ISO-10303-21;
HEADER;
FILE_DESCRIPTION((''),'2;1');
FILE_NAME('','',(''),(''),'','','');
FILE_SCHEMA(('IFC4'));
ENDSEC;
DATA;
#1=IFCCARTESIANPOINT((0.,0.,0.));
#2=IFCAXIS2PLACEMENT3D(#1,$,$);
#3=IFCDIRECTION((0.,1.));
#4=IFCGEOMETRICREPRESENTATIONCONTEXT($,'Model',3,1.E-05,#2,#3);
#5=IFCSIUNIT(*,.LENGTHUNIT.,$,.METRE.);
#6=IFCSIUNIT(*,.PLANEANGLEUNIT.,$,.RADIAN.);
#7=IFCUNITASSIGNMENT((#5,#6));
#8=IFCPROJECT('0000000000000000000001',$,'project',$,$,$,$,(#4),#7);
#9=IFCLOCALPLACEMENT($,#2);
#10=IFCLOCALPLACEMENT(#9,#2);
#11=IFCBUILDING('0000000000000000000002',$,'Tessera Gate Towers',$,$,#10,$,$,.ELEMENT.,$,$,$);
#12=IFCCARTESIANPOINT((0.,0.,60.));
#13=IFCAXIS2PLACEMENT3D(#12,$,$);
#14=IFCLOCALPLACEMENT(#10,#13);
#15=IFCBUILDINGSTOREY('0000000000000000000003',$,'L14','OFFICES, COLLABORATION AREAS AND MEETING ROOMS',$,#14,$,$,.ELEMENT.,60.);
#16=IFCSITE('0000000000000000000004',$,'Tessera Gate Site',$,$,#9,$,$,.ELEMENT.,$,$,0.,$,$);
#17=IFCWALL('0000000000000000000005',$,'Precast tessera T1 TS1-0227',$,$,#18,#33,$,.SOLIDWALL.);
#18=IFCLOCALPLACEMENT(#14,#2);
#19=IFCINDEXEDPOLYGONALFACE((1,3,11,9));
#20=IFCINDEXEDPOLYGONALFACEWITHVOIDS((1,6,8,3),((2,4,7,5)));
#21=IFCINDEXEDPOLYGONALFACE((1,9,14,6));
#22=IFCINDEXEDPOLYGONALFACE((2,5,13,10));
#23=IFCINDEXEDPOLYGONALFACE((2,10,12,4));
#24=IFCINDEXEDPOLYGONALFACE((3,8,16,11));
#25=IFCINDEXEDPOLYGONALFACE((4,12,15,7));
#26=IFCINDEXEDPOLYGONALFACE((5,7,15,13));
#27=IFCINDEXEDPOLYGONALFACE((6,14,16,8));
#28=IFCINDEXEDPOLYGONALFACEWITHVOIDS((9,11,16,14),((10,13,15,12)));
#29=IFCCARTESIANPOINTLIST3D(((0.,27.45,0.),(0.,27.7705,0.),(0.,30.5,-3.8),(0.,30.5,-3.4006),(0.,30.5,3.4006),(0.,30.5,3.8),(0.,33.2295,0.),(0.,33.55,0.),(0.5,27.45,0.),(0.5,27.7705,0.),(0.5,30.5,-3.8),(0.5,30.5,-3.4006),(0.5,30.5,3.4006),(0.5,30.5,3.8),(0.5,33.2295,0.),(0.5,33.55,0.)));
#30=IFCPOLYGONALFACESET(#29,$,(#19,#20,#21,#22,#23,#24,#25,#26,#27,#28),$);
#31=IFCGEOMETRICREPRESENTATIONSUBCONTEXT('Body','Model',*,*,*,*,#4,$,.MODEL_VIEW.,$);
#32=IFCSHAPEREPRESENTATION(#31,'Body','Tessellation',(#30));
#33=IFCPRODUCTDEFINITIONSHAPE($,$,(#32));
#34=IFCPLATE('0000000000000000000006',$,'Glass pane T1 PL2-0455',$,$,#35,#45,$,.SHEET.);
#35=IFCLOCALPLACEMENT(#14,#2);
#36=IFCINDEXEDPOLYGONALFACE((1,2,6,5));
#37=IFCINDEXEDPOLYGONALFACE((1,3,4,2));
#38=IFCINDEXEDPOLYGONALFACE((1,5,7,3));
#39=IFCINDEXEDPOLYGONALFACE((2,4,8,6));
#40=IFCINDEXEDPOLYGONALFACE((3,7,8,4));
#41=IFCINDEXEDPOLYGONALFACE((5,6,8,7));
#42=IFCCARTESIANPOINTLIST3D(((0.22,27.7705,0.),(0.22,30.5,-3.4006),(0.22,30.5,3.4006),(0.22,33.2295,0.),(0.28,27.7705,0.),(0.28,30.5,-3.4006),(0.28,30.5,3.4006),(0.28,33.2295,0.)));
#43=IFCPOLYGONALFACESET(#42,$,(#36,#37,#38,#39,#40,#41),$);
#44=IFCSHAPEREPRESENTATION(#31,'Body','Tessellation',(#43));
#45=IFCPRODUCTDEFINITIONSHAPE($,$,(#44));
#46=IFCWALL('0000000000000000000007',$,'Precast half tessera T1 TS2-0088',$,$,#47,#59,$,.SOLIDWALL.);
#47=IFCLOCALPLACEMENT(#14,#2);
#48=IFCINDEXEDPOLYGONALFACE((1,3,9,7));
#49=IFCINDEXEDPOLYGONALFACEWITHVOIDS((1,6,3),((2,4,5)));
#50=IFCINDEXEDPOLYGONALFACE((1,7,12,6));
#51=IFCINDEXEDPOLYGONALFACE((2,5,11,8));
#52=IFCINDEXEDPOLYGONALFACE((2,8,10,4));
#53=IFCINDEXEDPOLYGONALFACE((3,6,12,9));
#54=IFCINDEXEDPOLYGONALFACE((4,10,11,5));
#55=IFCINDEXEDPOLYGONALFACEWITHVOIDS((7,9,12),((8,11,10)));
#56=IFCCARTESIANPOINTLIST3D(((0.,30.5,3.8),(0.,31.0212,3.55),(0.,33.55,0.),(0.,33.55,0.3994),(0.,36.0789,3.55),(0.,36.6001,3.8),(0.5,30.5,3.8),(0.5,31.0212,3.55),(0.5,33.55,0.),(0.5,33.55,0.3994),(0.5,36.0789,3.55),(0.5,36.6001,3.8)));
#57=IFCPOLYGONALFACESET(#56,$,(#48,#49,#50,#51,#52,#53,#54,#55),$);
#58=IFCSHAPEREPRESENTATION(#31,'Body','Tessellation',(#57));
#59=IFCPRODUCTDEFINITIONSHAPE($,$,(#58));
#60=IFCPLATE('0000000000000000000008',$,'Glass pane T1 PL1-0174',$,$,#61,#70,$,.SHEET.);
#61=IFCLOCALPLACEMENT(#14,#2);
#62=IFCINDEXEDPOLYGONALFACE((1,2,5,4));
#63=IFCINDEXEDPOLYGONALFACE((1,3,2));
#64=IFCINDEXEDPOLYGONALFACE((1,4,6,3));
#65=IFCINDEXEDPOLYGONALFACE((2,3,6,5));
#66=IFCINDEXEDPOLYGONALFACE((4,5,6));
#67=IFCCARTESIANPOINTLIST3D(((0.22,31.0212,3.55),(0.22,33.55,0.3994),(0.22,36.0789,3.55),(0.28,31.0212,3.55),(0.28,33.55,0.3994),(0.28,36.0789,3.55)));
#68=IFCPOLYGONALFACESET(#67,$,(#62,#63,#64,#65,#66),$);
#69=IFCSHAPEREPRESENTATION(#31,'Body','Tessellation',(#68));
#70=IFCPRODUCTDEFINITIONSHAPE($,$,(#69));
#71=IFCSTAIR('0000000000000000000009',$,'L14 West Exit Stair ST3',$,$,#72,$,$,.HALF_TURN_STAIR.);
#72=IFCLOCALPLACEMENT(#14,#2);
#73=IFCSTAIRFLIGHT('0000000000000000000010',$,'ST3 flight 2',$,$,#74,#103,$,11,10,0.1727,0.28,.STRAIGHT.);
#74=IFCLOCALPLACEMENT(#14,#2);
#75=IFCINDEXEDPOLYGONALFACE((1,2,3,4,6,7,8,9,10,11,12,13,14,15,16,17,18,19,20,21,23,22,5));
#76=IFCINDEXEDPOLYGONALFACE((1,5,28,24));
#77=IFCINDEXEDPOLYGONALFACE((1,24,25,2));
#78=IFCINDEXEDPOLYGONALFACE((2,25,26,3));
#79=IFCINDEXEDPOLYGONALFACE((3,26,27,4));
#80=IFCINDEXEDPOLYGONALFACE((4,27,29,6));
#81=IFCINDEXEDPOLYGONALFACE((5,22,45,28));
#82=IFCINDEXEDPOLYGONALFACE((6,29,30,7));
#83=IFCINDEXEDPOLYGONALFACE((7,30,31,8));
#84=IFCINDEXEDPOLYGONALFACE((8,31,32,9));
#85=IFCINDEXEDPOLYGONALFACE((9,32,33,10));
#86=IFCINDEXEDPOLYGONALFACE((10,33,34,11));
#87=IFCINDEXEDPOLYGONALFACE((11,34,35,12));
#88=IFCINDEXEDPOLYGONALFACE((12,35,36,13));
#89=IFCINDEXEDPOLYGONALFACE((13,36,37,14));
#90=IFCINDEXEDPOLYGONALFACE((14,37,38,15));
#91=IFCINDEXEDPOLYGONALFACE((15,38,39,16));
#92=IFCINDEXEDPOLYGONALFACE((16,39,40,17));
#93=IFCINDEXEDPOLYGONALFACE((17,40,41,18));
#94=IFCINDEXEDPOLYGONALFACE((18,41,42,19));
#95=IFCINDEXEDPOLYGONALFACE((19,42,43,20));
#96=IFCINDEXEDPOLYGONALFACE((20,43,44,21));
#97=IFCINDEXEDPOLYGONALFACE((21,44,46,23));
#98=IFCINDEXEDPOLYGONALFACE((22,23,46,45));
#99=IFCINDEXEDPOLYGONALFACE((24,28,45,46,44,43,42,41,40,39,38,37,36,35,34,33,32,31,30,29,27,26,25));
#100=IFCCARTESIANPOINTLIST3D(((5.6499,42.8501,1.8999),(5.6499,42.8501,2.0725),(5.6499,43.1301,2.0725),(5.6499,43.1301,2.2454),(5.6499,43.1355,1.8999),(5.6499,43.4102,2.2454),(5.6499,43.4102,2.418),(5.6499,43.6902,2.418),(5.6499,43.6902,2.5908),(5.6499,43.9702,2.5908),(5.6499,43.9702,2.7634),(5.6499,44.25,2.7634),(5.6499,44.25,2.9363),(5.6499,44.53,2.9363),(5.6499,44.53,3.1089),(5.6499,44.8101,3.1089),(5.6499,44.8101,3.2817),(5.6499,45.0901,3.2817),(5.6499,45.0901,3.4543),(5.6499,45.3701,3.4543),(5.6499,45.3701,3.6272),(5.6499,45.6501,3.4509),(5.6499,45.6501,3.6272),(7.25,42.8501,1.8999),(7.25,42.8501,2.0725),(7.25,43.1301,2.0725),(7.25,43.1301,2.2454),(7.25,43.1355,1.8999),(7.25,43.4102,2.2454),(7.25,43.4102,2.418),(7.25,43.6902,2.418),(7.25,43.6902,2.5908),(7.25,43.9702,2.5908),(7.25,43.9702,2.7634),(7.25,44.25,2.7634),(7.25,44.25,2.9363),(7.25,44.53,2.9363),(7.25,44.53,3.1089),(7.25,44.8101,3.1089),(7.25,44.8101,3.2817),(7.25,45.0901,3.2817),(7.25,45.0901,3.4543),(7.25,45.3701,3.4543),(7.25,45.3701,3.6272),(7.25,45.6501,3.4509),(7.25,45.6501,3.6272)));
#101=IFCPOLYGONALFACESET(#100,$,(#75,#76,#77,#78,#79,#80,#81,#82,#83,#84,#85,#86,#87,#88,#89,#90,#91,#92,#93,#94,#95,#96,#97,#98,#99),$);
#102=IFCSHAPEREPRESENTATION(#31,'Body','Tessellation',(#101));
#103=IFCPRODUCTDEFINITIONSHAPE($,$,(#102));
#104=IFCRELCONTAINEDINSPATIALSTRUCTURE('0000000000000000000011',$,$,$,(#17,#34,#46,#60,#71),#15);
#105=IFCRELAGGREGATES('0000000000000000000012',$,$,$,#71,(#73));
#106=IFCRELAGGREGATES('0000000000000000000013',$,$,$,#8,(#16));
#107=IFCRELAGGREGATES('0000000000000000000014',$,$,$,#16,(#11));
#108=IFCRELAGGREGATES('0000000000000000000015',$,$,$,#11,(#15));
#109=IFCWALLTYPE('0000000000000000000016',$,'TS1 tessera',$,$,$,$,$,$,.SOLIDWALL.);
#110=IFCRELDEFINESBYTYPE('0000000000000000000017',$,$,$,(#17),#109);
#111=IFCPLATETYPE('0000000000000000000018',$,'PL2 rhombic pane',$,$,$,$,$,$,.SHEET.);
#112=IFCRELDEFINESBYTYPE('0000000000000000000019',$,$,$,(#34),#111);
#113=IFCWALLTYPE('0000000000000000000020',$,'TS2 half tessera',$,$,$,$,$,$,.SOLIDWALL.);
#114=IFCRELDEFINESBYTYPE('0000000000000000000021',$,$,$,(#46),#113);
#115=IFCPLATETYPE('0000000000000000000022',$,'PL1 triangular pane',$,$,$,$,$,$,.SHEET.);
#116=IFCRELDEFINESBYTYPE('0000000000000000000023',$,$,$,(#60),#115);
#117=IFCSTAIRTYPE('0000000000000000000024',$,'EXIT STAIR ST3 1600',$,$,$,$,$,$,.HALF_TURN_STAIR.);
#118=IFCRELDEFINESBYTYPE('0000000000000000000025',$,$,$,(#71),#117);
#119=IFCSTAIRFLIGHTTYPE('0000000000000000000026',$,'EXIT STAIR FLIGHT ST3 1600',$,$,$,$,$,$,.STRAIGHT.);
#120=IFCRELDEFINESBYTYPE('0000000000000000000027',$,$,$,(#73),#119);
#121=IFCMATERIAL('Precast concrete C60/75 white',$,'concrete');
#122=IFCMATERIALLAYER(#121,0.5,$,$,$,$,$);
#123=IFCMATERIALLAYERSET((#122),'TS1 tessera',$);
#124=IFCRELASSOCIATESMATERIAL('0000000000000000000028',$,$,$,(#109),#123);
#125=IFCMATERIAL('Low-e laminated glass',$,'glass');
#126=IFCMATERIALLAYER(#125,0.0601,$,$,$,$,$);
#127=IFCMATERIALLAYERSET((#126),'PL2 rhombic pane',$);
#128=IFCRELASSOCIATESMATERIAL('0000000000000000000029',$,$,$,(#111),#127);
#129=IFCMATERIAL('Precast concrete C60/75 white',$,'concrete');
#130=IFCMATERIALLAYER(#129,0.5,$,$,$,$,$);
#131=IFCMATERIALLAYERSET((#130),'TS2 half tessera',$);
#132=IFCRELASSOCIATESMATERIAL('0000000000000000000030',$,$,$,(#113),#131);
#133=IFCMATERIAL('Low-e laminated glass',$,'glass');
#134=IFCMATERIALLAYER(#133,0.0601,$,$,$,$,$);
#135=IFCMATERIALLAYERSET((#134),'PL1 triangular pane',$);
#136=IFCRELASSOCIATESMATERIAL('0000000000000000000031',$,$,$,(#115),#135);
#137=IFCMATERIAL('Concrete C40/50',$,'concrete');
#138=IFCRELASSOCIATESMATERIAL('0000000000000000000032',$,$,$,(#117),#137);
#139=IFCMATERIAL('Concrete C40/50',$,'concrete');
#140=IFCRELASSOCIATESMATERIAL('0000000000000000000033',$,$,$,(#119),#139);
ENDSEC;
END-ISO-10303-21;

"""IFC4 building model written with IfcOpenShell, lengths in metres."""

from ifc_helpers import new_model, si_unit, direction, frame, origin, place, context, subcontext, project, spatial, polyline, outline, extrude, source, transform, mapped, material, layer, layer_set, type_object, element, fill, aggregate, save


model = new_model("IFC4")

# Units and contexts
model_context = context("Model", 3, precision=1e-05, world=origin(), true_north=direction((0.0, 1.0)))
body_context = subcontext(model_context, "Body", "Model", "MODEL_VIEW")
ifc_project = project(units=[si_unit("LENGTHUNIT", "METRE"), si_unit("PLANEANGLEUNIT", "RADIAN")], contexts=[model_context])

# Site, building, storey
site_placement = place(None, origin())
site = spatial("IfcSite", under=ifc_project, at=site_placement, Name="Tessera Gate Site", CompositionType="ELEMENT", RefElevation=0.0)
building_placement = place(site_placement, origin())
building = spatial("IfcBuilding", under=site, at=building_placement, Name="Tessera Gate Towers", CompositionType="ELEMENT")
storey_placement = place(building_placement, frame((0.0, 0.0, 60.0)))
storey = spatial("IfcBuildingStorey", under=building, at=storey_placement, Name="L14", Description="OFFICES, COLLABORATION AREAS AND MEETING ROOMS", CompositionType="ELEMENT", Elevation=60.0)

# Walls, openings, plates
ifc_material_1 = material(Name="Precast concrete C60/75 white", Category="concrete")
ifc_layer_1 = layer(ifc_material_1, 0.5)
ifc_layer_set_1 = layer_set([ifc_layer_1], Name="TS1 tessera")
wall_type_1 = type_object("IfcWallType", Name="TS1 tessera", PredefinedType="SOLIDWALL", material=ifc_layer_set_1)
shared_shape_1 = source(origin(), body_context, "Body", "SweptSolid", [
    extrude(outline(polyline([(3.05, 0.0), (6.1001, 3.8), (3.05, 7.6001), (0.0, 3.8), (3.05, 0.0)])), frame((0.0, 0.25, 0.0), z_axis=(0.0, -1.0, 0.0), x_axis=(1.0, 0.0, 0.0)), (0.0, 0.0, 1.0), 0.5),
])
wall_1_placement = place(storey_placement, frame((0.25, 33.55, -3.8), z_axis=(0.0, 0.0, 1.0), x_axis=(0.0, -1.0, 0.0)))
wall_1 = element("IfcWall", 1, at=wall_1_placement, inside=storey, type_object=wall_type_1, Name="Precast tessera T1 TS1-0227", PredefinedType="SOLIDWALL", context=body_context, shape_type="MappedRepresentation", body=[
    mapped(shared_shape_1, transform((0.0, 0.0, 0.0), scale=1.0)),
])
shared_shape_2 = source(origin(), body_context, "Body", "SweptSolid", [
    extrude(outline(polyline([(3.05, 0.3994), (5.7795, 3.8), (3.05, 7.2007), (0.3206, 3.8), (3.05, 0.3994)])), frame((0.0, 0.26, 0.0), z_axis=(0.0, -1.0, 0.0), x_axis=(1.0, 0.0, 0.0)), (0.0, 0.0, 1.0), 0.52),
])
opening_1_placement = place(wall_1_placement, origin())
opening_1 = element("IfcOpeningElement", 2, at=opening_1_placement, cuts=wall_1, PredefinedType="OPENING", context=body_context, shape_type="MappedRepresentation", body=[
    mapped(shared_shape_2, transform((0.0, 0.0, 0.0), scale=1.0)),
])
ifc_material_2 = material(Name="Low-e laminated glass", Category="glass")
ifc_layer_2 = layer(ifc_material_2, 0.0601)
ifc_layer_set_2 = layer_set([ifc_layer_2], Name="PL2 rhombic pane")
plate_type_1 = type_object("IfcPlateType", Name="PL2 rhombic pane", PredefinedType="SHEET", material=ifc_layer_set_2)
shared_shape_3 = source(origin(), body_context, "Body", "SweptSolid", [
    extrude(outline(polyline([(3.05, 0.3994), (5.7795, 3.8), (3.05, 7.2007), (0.3206, 3.8), (3.05, 0.3994)])), frame((0.0, 0.03, 0.0), z_axis=(0.0, -1.0, 0.0), x_axis=(1.0, 0.0, 0.0)), (0.0, 0.0, 1.0), 0.0601),
])
plate_1_placement = place(opening_1_placement, origin())
plate_1 = element("IfcPlate", 3, at=plate_1_placement, inside=storey, type_object=plate_type_1, Name="Glass pane T1 PL2-0455", PredefinedType="SHEET", context=body_context, shape_type="MappedRepresentation", body=[
    mapped(shared_shape_3, transform((0.0, 0.0, 0.0), scale=1.0)),
])
fill(opening_1, plate_1)
ifc_material_3 = material(Name="Precast concrete C60/75 white", Category="concrete")
ifc_layer_3 = layer(ifc_material_3, 0.5)
ifc_layer_set_3 = layer_set([ifc_layer_3], Name="TS2 half tessera")
wall_type_2 = type_object("IfcWallType", Name="TS2 half tessera", PredefinedType="SOLIDWALL", material=ifc_layer_set_3)
shared_shape_4 = source(origin(), body_context, "Body", "SweptSolid", [
    extrude(outline(polyline([(3.05, 0.0), (6.1001, 3.8), (0.0, 3.8), (3.05, 0.0)])), frame((0.0, 0.25, 0.0), z_axis=(0.0, -1.0, 0.0), x_axis=(1.0, 0.0, 0.0)), (0.0, 0.0, 1.0), 0.5),
])
wall_2_placement = place(storey_placement, frame((0.25, 36.6001, 0.0), z_axis=(0.0, 0.0, 1.0), x_axis=(0.0, -1.0, 0.0)))
wall_2 = element("IfcWall", 4, at=wall_2_placement, inside=storey, type_object=wall_type_2, Name="Precast half tessera T1 TS2-0088", PredefinedType="SOLIDWALL", context=body_context, shape_type="MappedRepresentation", body=[
    mapped(shared_shape_4, transform((0.0, 0.0, 0.0), scale=1.0)),
])
shared_shape_5 = source(origin(), body_context, "Body", "SweptSolid", [
    extrude(outline(polyline([(3.05, 0.3994), (5.5789, 3.55), (0.5212, 3.55), (3.05, 0.3994)])), frame((0.0, 0.26, 0.0), z_axis=(0.0, -1.0, 0.0), x_axis=(1.0, 0.0, 0.0)), (0.0, 0.0, 1.0), 0.52),
])
opening_2_placement = place(wall_2_placement, origin())
opening_2 = element("IfcOpeningElement", 5, at=opening_2_placement, cuts=wall_2, PredefinedType="OPENING", context=body_context, shape_type="MappedRepresentation", body=[
    mapped(shared_shape_5, transform((0.0, 0.0, 0.0), scale=1.0)),
])
ifc_material_4 = material(Name="Low-e laminated glass", Category="glass")
ifc_layer_4 = layer(ifc_material_4, 0.0601)
ifc_layer_set_4 = layer_set([ifc_layer_4], Name="PL1 triangular pane")
plate_type_2 = type_object("IfcPlateType", Name="PL1 triangular pane", PredefinedType="SHEET", material=ifc_layer_set_4)
shared_shape_6 = source(origin(), body_context, "Body", "SweptSolid", [
    extrude(outline(polyline([(3.05, 0.3994), (5.5789, 3.55), (0.5212, 3.55), (3.05, 0.3994)])), frame((0.0, 0.03, 0.0), z_axis=(0.0, -1.0, 0.0), x_axis=(1.0, 0.0, 0.0)), (0.0, 0.0, 1.0), 0.0601),
])
plate_2_placement = place(opening_2_placement, origin())
plate_2 = element("IfcPlate", 6, at=plate_2_placement, inside=storey, type_object=plate_type_2, Name="Glass pane T1 PL1-0174", PredefinedType="SHEET", context=body_context, shape_type="MappedRepresentation", body=[
    mapped(shared_shape_6, transform((0.0, 0.0, 0.0), scale=1.0)),
])
fill(opening_2, plate_2)

# Stair, stair flight
ifc_material_5 = material(Name="Concrete C40/50", Category="concrete")
stair_type = type_object("IfcStairType", Name="EXIT STAIR ST3 1600", PredefinedType="HALF_TURN_STAIR", material=ifc_material_5)
stair_placement = place(storey_placement, origin())
stair = element("IfcStair", 7, at=stair_placement, inside=storey, type_object=stair_type, Name="L14 West Exit Stair ST3", PredefinedType="HALF_TURN_STAIR")
ifc_material_6 = material(Name="Concrete C40/50", Category="concrete")
stair_flight_type = type_object("IfcStairFlightType", Name="EXIT STAIR FLIGHT ST3 1600", PredefinedType="STRAIGHT", material=ifc_material_6)
stair_flight_placement = place(storey_placement, frame((6.45, 42.8501, 1.8999), z_axis=(0.0, 0.0, 1.0), x_axis=(0.0, 1.0, 0.0)))
stair_flight = element("IfcStairFlight", 8, at=stair_flight_placement, type_object=stair_flight_type, Name="ST3 flight 2", NumberOfRisers=11, NumberOfTreads=10, PredefinedType="STRAIGHT", RiserHeight=0.1727, TreadLength=0.28, context=body_context, shape_type="SweptSolid", body=[
    extrude(outline(polyline([(0.0, 0.0), (0.0, 0.1726), (0.28, 0.1726), (0.28, 0.3455), (0.5601, 0.3455), (0.5601, 0.5181), (0.8401, 0.5181), (0.8401, 0.6909), (1.1201, 0.6909), (1.1201, 0.8635), (1.3999, 0.8635), (1.3999, 1.0364), (1.6799, 1.0364), (1.6799, 1.209), (1.96, 1.209), (1.96, 1.3818), (2.24, 1.3818), (2.24, 1.5544), (2.52, 1.5544), (2.52, 1.7273), (2.8, 1.7273), (2.8, 1.8999), (2.8, 1.551), (0.2854, 0.0), (0.0, 0.0)])), frame((0.0, 0.8, 0.0), z_axis=(0.0, -1.0, 0.0), x_axis=(1.0, 0.0, 0.0)), (0.0, 0.0, 1.0), 1.6001),
])
aggregate(stair, [stair_flight])

save(model, "model.ifc")
